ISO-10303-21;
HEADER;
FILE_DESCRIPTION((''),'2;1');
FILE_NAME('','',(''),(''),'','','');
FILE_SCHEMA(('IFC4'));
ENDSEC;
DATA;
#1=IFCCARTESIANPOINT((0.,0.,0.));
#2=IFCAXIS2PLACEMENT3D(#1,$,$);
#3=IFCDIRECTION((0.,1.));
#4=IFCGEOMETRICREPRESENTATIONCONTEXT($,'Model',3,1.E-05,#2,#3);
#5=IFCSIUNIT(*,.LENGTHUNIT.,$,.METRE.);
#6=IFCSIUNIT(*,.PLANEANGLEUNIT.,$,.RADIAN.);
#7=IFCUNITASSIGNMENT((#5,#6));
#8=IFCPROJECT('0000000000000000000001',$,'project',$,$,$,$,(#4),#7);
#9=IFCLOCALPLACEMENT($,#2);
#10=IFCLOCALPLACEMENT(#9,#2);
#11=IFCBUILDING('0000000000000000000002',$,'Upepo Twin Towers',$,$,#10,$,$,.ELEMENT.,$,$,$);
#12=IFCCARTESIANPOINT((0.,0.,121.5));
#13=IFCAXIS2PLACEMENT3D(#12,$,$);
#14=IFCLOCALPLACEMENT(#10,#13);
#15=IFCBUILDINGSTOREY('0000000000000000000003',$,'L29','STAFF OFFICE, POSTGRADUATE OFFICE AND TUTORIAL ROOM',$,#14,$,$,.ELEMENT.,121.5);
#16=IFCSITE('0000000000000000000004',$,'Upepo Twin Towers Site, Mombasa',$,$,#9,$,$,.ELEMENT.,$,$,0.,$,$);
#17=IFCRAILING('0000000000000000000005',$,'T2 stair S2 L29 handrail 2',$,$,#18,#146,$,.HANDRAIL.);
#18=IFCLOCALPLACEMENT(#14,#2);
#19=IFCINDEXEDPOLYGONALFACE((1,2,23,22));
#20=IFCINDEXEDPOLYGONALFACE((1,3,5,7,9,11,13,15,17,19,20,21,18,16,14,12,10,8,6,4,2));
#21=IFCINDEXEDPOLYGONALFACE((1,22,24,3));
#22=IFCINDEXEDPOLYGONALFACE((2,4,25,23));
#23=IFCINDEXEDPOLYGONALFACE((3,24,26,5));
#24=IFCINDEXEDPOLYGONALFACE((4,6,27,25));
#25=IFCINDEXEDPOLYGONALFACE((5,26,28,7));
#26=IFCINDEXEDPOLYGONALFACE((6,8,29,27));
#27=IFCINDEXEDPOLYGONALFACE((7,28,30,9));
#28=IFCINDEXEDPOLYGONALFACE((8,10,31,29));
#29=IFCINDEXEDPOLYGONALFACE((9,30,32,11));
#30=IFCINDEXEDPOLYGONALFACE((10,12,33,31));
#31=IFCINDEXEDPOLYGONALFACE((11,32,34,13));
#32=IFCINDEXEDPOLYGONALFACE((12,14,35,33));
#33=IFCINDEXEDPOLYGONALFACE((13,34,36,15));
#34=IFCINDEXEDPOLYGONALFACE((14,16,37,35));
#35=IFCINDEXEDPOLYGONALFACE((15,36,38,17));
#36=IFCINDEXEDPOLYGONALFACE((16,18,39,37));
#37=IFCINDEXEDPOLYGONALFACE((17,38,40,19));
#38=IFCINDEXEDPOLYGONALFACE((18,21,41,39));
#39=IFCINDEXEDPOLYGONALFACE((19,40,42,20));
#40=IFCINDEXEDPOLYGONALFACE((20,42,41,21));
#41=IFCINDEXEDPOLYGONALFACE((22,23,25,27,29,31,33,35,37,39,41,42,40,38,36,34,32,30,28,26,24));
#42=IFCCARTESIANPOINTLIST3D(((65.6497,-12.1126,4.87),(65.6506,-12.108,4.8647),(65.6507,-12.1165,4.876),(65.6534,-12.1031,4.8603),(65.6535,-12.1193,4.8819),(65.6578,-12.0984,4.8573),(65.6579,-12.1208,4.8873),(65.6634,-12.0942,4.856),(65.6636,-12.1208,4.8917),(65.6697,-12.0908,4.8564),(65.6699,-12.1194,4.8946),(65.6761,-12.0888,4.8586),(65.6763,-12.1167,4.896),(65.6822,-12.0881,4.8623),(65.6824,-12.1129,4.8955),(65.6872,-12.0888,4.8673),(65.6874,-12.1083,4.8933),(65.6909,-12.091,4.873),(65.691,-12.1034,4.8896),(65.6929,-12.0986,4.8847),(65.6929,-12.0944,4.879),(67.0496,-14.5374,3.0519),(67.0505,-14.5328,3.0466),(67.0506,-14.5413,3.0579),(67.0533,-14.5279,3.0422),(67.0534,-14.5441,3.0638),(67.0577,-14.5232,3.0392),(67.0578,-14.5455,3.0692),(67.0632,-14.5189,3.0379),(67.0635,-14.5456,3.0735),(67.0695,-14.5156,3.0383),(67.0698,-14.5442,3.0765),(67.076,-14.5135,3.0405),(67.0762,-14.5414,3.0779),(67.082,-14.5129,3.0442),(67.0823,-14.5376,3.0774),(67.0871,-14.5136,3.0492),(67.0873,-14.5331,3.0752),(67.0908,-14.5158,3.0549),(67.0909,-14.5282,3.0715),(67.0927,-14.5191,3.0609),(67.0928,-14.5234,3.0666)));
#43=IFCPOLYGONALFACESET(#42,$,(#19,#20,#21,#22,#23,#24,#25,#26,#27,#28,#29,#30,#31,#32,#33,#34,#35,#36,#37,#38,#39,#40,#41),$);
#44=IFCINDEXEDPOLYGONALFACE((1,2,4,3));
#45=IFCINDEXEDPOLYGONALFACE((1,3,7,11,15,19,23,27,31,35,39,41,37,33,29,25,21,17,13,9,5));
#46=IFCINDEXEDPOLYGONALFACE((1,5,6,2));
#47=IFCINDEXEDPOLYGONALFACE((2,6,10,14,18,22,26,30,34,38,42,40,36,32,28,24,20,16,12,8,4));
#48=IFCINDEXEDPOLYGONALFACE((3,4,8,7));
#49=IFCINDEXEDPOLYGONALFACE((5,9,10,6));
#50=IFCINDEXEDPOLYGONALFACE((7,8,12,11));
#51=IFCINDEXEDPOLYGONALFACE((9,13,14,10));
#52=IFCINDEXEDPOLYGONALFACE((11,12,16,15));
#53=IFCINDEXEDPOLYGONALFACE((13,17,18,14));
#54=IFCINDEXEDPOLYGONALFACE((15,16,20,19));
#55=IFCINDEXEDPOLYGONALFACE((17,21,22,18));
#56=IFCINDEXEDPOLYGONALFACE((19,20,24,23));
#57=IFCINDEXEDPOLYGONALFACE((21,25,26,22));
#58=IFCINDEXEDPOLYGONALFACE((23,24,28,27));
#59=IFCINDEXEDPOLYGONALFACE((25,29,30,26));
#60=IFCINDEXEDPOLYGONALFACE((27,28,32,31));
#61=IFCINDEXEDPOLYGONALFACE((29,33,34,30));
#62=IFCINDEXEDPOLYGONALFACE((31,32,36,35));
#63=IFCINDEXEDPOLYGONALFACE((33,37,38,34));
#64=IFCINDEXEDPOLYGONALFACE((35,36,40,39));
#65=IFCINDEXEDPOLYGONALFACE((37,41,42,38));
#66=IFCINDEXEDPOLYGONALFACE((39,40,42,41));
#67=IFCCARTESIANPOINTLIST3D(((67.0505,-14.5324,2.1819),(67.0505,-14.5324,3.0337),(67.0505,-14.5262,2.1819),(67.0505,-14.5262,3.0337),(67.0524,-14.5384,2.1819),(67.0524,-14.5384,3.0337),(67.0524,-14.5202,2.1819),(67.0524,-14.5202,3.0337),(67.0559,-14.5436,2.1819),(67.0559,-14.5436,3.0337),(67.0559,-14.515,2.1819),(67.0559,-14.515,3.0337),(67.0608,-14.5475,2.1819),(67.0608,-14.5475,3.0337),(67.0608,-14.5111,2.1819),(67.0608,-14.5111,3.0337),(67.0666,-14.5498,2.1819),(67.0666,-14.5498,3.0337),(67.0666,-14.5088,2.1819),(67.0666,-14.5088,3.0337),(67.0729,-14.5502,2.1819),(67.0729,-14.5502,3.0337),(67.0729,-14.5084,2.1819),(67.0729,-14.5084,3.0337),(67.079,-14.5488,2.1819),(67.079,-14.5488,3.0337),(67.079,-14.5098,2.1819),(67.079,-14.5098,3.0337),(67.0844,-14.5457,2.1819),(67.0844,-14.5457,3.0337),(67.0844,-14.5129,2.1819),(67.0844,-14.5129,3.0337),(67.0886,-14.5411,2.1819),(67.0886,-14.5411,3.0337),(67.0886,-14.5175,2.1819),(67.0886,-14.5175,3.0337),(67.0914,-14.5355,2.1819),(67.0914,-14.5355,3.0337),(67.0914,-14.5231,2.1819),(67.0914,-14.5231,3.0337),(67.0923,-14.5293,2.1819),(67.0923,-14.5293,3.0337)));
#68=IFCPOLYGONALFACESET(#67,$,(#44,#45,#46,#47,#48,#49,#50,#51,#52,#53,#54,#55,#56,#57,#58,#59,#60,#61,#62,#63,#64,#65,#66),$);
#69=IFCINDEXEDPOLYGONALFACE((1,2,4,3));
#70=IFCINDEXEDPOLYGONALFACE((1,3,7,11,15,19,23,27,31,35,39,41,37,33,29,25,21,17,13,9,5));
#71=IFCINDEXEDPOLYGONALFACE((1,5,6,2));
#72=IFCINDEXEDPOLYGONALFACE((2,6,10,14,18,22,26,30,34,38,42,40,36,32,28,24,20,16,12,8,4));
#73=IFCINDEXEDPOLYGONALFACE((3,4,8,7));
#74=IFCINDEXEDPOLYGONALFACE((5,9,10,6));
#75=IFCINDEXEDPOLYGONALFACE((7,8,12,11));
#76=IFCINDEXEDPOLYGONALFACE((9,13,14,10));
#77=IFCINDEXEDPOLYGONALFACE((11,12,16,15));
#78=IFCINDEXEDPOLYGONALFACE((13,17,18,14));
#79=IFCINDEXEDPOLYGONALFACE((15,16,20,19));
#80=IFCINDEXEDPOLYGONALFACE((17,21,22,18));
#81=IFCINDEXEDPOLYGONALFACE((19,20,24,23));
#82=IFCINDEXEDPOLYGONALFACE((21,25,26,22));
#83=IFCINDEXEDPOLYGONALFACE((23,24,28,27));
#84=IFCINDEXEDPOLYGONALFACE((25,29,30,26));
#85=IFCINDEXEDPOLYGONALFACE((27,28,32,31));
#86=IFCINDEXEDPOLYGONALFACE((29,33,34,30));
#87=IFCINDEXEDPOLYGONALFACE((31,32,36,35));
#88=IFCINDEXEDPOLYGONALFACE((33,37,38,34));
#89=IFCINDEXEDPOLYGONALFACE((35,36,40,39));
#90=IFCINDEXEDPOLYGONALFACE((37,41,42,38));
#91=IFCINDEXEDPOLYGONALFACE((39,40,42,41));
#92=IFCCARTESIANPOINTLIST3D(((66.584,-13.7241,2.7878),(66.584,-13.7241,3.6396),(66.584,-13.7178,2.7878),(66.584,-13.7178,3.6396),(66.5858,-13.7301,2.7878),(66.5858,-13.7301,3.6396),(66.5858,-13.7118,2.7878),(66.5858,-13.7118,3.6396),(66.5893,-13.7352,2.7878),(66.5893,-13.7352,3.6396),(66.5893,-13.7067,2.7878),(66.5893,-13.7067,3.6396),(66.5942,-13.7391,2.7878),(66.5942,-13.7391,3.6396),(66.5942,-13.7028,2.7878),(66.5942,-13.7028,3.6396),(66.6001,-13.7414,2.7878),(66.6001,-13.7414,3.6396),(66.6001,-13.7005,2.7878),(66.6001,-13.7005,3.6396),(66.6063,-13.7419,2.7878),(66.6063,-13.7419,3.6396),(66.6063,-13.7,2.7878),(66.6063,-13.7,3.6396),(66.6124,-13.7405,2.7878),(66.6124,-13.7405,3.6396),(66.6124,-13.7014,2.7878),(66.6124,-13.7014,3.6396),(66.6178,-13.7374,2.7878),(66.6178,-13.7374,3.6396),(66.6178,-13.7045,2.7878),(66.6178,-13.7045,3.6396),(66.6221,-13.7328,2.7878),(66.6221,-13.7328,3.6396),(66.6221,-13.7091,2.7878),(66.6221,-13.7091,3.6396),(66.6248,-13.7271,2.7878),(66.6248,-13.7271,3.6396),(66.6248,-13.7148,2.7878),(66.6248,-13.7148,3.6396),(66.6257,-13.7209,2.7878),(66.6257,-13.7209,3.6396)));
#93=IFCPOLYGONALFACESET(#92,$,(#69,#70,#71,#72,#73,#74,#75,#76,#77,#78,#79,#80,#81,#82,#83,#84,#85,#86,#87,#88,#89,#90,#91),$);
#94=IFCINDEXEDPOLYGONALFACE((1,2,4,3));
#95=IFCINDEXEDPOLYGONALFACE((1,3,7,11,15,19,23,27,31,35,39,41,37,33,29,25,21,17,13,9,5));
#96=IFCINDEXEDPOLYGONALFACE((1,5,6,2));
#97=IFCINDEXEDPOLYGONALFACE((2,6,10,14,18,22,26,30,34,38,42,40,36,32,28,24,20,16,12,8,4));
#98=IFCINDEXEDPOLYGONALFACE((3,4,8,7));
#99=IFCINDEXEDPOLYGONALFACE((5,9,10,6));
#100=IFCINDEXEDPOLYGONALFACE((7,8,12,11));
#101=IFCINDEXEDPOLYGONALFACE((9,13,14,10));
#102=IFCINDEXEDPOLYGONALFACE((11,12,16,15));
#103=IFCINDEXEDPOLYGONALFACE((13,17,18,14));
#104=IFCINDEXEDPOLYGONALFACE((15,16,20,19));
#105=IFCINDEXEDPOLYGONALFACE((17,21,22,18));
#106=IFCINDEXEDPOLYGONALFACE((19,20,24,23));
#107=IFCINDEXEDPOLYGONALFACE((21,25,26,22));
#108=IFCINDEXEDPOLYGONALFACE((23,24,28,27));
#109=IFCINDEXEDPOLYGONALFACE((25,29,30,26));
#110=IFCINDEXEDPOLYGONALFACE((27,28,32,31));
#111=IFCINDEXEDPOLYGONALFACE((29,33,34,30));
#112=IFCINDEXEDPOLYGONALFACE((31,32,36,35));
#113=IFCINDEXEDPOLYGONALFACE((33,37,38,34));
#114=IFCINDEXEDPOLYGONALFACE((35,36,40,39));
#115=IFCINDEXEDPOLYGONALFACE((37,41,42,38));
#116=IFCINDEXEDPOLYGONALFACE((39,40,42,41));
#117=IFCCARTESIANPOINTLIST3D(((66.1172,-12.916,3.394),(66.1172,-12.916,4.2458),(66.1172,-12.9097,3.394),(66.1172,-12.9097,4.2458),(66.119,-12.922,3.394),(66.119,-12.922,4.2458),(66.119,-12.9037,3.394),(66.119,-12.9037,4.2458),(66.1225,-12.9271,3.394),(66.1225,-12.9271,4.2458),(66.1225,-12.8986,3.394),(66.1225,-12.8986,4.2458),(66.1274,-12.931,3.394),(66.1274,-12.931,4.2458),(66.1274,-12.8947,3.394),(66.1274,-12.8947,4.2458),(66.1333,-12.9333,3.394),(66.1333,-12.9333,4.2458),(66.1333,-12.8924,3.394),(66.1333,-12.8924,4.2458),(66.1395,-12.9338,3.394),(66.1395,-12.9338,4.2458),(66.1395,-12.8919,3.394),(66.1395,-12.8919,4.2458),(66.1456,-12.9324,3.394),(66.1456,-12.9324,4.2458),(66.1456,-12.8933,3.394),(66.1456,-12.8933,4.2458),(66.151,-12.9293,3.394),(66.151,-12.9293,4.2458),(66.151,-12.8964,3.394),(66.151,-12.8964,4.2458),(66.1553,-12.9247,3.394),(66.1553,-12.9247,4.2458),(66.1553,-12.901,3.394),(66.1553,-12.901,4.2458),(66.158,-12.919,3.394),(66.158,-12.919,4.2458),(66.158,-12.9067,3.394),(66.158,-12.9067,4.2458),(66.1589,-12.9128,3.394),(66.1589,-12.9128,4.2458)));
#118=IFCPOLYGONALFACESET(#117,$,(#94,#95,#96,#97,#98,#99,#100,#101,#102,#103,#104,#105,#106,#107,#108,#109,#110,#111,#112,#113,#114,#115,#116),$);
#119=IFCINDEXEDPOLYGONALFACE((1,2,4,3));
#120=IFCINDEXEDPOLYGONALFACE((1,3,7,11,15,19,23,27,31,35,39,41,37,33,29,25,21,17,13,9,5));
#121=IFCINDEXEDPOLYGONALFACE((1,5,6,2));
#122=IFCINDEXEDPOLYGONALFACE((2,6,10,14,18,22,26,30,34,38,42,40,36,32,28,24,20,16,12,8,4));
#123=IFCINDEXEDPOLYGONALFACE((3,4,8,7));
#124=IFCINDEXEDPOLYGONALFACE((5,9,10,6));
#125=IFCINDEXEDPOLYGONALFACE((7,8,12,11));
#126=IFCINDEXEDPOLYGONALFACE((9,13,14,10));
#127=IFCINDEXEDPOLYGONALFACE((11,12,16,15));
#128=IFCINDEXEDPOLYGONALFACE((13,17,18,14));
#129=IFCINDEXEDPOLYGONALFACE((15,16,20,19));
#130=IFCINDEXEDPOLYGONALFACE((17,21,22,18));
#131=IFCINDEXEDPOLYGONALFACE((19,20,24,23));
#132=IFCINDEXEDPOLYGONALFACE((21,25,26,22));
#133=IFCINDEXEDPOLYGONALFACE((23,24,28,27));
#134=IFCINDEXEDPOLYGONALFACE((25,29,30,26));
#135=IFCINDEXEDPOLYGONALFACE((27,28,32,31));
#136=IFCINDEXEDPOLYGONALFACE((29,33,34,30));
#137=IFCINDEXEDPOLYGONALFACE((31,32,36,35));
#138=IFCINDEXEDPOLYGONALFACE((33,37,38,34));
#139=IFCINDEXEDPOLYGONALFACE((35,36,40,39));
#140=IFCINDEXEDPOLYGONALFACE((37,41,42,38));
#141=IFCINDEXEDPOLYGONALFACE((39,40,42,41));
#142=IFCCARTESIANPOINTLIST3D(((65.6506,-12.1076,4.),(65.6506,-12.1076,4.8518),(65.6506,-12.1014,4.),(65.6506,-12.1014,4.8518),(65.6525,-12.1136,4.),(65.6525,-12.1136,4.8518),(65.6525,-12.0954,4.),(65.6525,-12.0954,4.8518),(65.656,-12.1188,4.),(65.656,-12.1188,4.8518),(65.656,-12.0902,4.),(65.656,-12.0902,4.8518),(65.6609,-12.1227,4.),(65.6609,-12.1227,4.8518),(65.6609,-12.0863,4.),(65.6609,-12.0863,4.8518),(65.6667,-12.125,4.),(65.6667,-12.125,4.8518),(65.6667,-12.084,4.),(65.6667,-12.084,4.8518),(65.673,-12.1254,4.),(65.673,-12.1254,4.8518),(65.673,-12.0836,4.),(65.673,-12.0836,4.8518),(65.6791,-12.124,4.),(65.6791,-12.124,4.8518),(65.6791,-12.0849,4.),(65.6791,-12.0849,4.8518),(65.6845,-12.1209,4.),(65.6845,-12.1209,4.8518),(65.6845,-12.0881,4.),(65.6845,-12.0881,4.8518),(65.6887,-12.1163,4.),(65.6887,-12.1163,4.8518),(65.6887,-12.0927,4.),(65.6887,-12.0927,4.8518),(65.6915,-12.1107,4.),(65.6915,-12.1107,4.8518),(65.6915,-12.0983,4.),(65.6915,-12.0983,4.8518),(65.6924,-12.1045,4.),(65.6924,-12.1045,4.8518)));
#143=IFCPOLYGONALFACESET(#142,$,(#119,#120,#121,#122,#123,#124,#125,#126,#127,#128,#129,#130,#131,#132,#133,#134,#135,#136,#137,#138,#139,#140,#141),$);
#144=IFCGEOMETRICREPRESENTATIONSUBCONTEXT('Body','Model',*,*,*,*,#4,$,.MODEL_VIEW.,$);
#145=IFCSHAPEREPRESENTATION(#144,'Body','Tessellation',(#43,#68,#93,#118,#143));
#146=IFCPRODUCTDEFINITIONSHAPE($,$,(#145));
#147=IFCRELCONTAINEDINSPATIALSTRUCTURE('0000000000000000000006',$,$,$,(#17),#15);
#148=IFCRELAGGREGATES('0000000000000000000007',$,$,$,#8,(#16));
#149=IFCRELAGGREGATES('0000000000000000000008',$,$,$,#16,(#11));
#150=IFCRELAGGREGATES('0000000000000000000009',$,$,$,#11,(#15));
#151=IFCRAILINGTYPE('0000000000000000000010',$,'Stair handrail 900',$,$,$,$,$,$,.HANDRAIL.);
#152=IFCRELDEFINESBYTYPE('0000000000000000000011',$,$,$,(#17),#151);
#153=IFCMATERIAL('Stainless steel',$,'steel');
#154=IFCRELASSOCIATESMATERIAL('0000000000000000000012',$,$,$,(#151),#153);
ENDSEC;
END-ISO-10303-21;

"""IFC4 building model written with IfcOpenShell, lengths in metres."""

from ifc_helpers import new_model, si_unit, direction, frame, origin, origin_2d, place, context, subcontext, project, spatial, circle, extrude, material, type_object, element, save


model = new_model("IFC4")

# Units and contexts
model_context = context("Model", 3, precision=1e-05, world=origin(), true_north=direction((0.0, 1.0)))
body_context = subcontext(model_context, "Body", "Model", "MODEL_VIEW")
ifc_project = project(units=[si_unit("LENGTHUNIT", "METRE"), si_unit("PLANEANGLEUNIT", "RADIAN")], contexts=[model_context])

# Site, building, storey
site_placement = place(None, origin())
site = spatial("IfcSite", under=ifc_project, at=site_placement, Name="Upepo Twin Towers Site, Mombasa", CompositionType="ELEMENT", RefElevation=0.0)
building_placement = place(site_placement, origin())
building = spatial("IfcBuilding", under=site, at=building_placement, Name="Upepo Twin Towers", CompositionType="ELEMENT")
storey_placement = place(building_placement, frame((0.0, 0.0, 121.5)))
storey = spatial("IfcBuildingStorey", under=building, at=storey_placement, Name="L29", Description="STAFF OFFICE, POSTGRADUATE OFFICE AND TUTORIAL ROOM", CompositionType="ELEMENT", Elevation=121.5)

# Railing
ifc_material_1 = material(Name="Stainless steel", Category="steel")
railing_type = type_object("IfcRailingType", Name="Stair handrail 900", PredefinedType="HANDRAIL", material=ifc_material_1)
railing_1_placement = place(storey_placement, frame((67.0713, -14.5293, 2.1819)))
element("IfcRailing", 1, at=railing_1_placement, inside=storey, type_object=railing_type, Name="T2 stair S2 L29 handrail 2", PredefinedType="HANDRAIL", context=body_context, shape_type="SweptSolid", body=[
    extrude(circle(Radius=0.0239, at=origin_2d()), frame((0.0, 0.0, 0.876), z_axis=(-0.419333, 0.726336, 0.544606), x_axis=(-0.866035, -0.499984, 0.0)), (0.0, 0.0, 1.0), 3.3384),
    extrude(circle(Radius=0.021, at=origin_2d()), origin(), (0.0, 0.0, 1.0), 0.8518),
    extrude(circle(Radius=0.021, at=origin_2d()), frame((-0.4666, 0.8083, 0.606)), (0.0, 0.0, 1.0), 0.8518),
    extrude(circle(Radius=0.021, at=origin_2d()), frame((-0.9333, 1.6165, 1.2122)), (0.0, 0.0, 1.0), 0.8518),
    extrude(circle(Radius=0.021, at=origin_2d()), frame((-1.3999, 2.4248, 1.8181)), (0.0, 0.0, 1.0), 0.8518),
])

save(model, "model.ifc")
